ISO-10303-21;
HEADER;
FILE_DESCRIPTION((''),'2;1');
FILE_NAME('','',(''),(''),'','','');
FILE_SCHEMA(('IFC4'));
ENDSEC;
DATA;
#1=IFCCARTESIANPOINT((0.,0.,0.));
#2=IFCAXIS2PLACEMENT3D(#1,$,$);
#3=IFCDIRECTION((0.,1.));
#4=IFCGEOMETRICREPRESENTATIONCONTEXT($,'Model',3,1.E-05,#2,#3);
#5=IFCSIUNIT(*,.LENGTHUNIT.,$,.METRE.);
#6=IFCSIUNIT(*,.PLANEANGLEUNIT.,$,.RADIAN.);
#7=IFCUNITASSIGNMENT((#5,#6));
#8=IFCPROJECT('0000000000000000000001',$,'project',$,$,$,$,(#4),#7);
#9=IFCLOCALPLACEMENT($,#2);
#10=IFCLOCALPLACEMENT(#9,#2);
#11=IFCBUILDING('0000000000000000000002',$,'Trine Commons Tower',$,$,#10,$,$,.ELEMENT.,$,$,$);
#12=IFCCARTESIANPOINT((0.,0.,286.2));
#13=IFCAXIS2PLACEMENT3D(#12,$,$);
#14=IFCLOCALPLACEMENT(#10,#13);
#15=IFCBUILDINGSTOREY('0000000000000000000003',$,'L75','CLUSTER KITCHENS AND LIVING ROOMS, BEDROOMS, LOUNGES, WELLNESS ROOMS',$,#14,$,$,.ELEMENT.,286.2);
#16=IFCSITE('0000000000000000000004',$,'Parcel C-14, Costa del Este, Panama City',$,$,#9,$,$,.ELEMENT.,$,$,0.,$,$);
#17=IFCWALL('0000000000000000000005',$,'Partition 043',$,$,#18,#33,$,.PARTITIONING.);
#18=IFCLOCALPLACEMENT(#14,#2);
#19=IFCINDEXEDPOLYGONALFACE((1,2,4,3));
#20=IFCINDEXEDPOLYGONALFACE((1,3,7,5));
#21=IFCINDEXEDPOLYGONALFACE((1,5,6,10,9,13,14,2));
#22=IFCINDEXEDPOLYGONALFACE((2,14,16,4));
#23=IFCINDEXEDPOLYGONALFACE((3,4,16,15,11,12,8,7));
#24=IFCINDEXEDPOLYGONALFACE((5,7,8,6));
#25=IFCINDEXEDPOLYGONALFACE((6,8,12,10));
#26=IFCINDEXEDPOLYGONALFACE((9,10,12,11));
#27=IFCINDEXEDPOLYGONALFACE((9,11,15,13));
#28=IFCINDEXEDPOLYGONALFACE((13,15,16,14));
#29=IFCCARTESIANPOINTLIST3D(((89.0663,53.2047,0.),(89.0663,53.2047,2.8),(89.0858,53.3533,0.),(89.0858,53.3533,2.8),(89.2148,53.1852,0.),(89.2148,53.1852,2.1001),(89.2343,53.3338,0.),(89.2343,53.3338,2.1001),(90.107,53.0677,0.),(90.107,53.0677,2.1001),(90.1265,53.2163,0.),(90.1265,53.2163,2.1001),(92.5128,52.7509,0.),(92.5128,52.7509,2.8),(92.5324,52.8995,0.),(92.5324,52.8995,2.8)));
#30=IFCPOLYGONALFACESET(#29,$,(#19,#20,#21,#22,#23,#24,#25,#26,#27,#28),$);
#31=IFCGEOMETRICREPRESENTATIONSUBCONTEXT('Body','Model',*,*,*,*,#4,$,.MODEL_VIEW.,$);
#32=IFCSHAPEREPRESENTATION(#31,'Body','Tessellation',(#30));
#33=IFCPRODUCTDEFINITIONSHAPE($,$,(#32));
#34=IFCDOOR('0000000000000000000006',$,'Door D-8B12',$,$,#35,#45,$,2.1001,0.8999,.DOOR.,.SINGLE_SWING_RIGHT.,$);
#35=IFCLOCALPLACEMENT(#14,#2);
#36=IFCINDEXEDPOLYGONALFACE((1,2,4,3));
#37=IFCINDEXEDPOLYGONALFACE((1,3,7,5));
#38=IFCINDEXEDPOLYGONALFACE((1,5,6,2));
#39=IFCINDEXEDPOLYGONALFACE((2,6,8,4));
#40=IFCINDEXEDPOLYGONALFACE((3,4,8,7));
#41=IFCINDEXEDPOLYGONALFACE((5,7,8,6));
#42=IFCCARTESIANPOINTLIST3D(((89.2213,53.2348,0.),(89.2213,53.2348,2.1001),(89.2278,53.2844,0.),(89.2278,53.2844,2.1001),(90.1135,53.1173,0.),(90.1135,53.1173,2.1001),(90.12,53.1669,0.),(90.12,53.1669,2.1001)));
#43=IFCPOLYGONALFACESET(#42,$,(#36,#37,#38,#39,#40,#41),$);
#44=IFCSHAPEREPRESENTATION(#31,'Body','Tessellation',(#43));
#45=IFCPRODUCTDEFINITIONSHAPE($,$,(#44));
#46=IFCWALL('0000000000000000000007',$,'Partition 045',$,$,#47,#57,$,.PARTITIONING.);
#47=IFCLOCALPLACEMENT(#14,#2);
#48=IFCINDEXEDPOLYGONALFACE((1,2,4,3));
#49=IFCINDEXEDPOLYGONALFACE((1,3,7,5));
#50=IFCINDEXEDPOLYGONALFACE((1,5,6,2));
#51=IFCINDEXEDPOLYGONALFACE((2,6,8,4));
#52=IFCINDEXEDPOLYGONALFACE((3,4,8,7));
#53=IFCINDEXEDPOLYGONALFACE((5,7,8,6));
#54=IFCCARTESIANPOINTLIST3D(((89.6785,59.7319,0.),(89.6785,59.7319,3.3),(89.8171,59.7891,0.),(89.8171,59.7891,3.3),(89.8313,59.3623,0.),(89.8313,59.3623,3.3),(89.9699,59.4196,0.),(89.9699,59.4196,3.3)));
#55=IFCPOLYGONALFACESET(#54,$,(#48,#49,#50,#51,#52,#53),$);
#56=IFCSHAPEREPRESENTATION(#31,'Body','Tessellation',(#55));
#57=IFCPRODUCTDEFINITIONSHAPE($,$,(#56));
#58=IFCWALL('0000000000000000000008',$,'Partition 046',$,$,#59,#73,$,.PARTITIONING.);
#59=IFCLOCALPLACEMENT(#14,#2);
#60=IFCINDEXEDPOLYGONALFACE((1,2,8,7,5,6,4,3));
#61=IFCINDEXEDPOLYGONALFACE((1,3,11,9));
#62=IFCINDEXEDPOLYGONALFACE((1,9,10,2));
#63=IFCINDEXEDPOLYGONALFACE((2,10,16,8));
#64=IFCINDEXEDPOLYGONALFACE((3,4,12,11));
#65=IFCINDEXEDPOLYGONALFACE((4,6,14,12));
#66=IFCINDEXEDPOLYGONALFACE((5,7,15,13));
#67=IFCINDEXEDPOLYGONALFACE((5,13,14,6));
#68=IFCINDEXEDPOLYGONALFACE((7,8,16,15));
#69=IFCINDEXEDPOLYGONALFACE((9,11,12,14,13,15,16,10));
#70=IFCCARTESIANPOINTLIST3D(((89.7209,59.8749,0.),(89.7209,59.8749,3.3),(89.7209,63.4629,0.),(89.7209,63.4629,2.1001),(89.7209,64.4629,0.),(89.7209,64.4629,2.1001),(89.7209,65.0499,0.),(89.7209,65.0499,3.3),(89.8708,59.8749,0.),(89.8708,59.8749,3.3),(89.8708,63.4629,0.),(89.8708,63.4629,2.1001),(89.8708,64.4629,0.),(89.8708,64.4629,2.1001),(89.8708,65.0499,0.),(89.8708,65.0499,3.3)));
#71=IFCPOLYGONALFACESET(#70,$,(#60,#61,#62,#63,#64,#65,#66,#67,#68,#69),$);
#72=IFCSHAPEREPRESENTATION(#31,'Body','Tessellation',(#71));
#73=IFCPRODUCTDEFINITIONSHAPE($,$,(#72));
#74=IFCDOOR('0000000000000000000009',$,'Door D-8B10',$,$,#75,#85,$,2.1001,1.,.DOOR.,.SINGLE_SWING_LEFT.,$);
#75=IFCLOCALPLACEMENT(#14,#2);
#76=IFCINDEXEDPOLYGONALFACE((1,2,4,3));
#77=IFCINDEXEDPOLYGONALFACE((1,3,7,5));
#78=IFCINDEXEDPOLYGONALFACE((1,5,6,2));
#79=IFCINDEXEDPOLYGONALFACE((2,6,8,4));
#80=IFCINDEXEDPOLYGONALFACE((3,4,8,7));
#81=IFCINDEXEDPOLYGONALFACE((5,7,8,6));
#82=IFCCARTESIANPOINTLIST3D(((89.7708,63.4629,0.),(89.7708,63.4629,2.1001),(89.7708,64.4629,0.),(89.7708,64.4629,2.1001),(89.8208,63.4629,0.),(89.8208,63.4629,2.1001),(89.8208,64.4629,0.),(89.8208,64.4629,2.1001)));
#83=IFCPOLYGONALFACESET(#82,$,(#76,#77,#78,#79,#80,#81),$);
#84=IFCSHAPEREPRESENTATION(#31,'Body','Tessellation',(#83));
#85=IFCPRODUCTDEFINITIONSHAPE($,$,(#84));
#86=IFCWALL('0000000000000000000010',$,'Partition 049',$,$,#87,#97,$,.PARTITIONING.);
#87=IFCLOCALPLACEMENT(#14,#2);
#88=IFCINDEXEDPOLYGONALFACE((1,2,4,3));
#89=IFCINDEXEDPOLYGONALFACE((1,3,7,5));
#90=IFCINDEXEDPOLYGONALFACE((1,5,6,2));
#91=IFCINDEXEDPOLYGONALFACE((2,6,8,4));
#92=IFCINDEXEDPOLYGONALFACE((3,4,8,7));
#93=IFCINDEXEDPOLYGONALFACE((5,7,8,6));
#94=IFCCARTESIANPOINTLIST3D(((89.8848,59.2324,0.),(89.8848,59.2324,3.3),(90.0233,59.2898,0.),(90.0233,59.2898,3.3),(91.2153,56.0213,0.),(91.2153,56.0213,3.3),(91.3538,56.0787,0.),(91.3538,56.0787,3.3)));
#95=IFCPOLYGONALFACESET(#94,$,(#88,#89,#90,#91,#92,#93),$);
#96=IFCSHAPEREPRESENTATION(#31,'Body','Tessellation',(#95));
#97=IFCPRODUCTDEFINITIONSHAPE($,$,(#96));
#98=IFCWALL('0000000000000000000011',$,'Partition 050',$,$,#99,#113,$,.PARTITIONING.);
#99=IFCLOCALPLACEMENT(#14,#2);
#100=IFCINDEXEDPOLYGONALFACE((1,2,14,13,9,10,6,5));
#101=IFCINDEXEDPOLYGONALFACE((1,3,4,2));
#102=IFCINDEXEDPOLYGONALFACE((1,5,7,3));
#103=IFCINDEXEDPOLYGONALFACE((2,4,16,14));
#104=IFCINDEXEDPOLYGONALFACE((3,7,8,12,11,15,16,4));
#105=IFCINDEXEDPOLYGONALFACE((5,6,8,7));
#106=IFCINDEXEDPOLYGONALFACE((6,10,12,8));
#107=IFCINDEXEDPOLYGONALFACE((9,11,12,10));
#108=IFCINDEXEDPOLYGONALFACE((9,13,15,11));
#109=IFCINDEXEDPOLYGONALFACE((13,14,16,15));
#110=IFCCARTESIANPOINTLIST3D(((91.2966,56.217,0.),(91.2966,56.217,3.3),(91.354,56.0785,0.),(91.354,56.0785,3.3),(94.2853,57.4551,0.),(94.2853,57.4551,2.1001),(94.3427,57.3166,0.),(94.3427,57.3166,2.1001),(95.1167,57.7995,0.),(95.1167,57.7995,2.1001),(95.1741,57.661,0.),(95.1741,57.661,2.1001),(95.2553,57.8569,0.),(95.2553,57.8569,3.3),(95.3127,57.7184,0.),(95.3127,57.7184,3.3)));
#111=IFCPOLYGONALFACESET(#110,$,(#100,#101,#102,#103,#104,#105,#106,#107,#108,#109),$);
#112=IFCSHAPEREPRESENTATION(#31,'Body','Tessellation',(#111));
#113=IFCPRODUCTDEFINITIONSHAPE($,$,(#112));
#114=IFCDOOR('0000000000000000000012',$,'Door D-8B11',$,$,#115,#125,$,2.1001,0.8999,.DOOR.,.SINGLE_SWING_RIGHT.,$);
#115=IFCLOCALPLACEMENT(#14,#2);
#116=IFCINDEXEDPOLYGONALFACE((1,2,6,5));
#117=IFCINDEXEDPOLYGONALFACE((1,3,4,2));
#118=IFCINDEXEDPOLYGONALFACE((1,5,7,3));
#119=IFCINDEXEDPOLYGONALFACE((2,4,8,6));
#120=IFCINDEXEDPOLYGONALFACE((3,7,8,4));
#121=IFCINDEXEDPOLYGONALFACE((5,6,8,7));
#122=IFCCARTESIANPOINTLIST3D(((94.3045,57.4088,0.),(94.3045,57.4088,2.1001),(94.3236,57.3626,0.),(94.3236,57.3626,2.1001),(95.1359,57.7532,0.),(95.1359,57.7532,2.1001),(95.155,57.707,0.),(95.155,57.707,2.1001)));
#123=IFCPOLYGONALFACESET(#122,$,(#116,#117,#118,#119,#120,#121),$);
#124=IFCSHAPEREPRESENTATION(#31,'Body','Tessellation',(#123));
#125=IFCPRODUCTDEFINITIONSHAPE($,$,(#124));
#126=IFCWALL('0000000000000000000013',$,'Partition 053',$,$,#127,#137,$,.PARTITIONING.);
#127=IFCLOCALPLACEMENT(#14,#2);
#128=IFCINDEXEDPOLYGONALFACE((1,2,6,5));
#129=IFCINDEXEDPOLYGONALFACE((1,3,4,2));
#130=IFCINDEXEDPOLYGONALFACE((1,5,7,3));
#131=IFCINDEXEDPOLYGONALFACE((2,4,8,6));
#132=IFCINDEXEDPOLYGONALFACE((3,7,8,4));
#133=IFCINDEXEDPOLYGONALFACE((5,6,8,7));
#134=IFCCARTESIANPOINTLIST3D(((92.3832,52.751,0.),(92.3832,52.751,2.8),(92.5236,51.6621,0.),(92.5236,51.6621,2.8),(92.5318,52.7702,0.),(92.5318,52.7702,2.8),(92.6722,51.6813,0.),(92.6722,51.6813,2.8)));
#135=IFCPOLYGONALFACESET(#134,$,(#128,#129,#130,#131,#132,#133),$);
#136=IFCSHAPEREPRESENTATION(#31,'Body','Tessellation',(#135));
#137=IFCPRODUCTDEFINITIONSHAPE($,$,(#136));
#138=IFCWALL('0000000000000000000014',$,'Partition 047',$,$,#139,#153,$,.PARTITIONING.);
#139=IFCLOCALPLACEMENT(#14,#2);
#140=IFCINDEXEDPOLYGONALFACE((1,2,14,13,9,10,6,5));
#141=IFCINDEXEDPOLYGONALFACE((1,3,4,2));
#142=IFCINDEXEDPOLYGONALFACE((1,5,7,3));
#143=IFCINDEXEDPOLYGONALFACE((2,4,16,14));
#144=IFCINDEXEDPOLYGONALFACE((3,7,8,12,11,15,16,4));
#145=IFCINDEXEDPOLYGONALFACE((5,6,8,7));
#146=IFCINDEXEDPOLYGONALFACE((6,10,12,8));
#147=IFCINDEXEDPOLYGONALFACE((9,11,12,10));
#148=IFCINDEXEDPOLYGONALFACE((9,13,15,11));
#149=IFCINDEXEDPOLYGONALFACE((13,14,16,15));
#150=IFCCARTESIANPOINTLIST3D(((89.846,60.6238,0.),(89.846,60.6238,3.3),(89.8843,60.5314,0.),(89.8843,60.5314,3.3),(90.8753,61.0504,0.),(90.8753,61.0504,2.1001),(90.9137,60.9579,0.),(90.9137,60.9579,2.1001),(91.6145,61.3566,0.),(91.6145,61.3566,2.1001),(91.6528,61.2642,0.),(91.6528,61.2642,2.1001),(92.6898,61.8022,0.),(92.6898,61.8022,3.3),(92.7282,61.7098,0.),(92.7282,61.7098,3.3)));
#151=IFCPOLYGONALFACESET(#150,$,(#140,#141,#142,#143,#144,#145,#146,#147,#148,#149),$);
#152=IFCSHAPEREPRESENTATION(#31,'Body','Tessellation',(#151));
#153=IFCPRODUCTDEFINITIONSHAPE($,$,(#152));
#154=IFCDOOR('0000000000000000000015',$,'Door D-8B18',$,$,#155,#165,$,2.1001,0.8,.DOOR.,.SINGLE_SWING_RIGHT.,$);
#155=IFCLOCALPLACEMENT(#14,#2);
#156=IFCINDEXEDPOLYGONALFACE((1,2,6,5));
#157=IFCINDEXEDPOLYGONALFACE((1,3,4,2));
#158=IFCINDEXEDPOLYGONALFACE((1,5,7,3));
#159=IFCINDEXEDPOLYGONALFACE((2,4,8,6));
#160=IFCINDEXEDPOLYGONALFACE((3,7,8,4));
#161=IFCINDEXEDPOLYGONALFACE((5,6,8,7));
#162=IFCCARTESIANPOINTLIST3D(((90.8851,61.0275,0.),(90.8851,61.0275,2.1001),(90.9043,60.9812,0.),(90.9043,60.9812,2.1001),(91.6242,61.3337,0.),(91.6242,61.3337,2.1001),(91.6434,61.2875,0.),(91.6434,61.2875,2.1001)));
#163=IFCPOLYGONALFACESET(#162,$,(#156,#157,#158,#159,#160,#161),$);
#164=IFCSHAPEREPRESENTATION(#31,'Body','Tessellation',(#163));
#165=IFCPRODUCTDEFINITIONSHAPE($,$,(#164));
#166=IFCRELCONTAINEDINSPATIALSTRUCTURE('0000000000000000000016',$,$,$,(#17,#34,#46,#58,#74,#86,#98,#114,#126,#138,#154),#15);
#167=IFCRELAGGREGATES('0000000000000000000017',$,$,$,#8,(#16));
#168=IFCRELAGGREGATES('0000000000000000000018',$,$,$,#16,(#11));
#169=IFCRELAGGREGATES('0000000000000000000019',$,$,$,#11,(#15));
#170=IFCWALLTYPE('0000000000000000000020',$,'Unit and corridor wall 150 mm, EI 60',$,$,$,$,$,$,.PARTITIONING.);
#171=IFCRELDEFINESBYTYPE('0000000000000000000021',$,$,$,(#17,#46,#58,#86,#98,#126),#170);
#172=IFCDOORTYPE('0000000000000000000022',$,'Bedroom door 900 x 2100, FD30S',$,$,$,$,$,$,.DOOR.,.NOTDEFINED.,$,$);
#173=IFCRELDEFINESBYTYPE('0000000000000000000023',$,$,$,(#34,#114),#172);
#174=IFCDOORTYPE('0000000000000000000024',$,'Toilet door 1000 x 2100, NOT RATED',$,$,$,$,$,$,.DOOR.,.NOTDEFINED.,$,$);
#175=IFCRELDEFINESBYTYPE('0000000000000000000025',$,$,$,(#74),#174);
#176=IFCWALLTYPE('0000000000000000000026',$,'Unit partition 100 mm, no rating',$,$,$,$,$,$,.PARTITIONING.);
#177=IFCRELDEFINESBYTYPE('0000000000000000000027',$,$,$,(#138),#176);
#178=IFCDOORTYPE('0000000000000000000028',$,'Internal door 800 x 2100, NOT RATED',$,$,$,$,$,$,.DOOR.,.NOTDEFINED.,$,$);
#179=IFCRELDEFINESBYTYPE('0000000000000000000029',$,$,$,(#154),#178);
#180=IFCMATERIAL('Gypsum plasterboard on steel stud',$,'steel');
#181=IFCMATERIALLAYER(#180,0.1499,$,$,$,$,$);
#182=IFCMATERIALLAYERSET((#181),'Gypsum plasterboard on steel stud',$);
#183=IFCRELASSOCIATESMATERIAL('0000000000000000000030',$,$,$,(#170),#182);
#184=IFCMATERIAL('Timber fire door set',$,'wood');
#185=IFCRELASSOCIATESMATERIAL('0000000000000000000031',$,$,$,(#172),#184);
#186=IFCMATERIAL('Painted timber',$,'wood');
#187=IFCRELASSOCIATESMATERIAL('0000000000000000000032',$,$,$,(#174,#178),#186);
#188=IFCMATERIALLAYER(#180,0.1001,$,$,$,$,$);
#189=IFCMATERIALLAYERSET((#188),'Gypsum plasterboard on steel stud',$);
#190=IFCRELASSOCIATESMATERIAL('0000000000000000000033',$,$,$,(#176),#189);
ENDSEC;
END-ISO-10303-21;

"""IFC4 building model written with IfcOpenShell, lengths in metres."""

from ifc_helpers import new_model, si_unit, direction, frame, frame_2d, origin, place, context, subcontext, project, spatial, rectangle, extrude, material, layer, layer_set, type_object, element, fill, save


model = new_model("IFC4")

# Units and contexts
model_context = context("Model", 3, precision=1e-05, world=origin(), true_north=direction((0.0, 1.0)))
body_context = subcontext(model_context, "Body", "Model", "MODEL_VIEW")
ifc_project = project(units=[si_unit("LENGTHUNIT", "METRE"), si_unit("PLANEANGLEUNIT", "RADIAN")], contexts=[model_context])

# Site, building, storey
site_placement = place(None, origin())
site = spatial("IfcSite", under=ifc_project, at=site_placement, Name="Parcel C-14, Costa del Este, Panama City", CompositionType="ELEMENT", RefElevation=0.0)
building_placement = place(site_placement, origin())
building = spatial("IfcBuilding", under=site, at=building_placement, Name="Trine Commons Tower", CompositionType="ELEMENT")
storey_placement = place(building_placement, frame((0.0, 0.0, 286.2)))
storey = spatial("IfcBuildingStorey", under=building, at=storey_placement, Name="L75", Description="CLUSTER KITCHENS AND LIVING ROOMS, BEDROOMS, LOUNGES, WELLNESS ROOMS", CompositionType="ELEMENT", Elevation=286.2)

# Wall, opening, door
ifc_material_1 = material(Name="Gypsum plasterboard on steel stud", Category="steel")
ifc_layer_1 = layer(ifc_material_1, 0.1499)
ifc_layer_set_1 = layer_set([ifc_layer_1], Name="Gypsum plasterboard on steel stud")
wall_type_1 = type_object("IfcWallType", Name="Unit and corridor wall 150 mm, EI 60", PredefinedType="PARTITIONING", material=ifc_layer_set_1)
wall_1_placement = place(storey_placement, frame((89.0759, 53.2791, 0.0), z_axis=(0.0, 0.0, 1.0), x_axis=(0.991441, -0.130558, 0.0)))
wall_1 = element("IfcWall", 1, at=wall_1_placement, inside=storey, type_object=wall_type_1, Name="Partition 043", PredefinedType="PARTITIONING", context=body_context, shape_type="SweptSolid", body=[
    extrude(rectangle(XDim=3.4763, YDim=0.1499, at=frame_2d((1.7383, 0.0))), origin(), (0.0, 0.0, 1.0), 2.8),
])
opening_1_placement = place(wall_1_placement, frame((0.1499, 0.0, 0.0)))
opening_1 = element("IfcOpeningElement", 2, at=opening_1_placement, cuts=wall_1, PredefinedType="OPENING", context=body_context, shape_type="SweptSolid", body=[
    extrude(rectangle(XDim=0.8999, YDim=2.1001, at=frame_2d((0.45, 1.05))), frame((0.0, 0.085, 0.0), z_axis=(0.0, -1.0, 0.0), x_axis=(1.0, 0.0, 0.0)), (0.0, 0.0, 1.0), 0.1699),
])
ifc_material_2 = material(Name="Timber fire door set", Category="wood")
door_type_1 = type_object("IfcDoorType", Name="Bedroom door 900 x 2100, FD30S", OperationType="NOTDEFINED", PredefinedType="DOOR", material=ifc_material_2)
door_1_placement = place(opening_1_placement, frame((0.8999, 0.0, 0.0), z_axis=(0.0, 0.0, 1.0), x_axis=(-1.0, 0.0, 0.0)))
door_1 = element("IfcDoor", 3, at=door_1_placement, inside=storey, type_object=door_type_1, Name="Door D-8B12", OperationType="SINGLE_SWING_RIGHT", OverallHeight=2.1001, OverallWidth=0.8999, PredefinedType="DOOR", context=body_context, shape_type="SweptSolid", body=[
    extrude(rectangle(XDim=0.8999, YDim=2.1001, at=frame_2d((0.45, 1.05))), frame((0.0, 0.0249, 0.0), z_axis=(0.0, -1.0, 0.0), x_axis=(1.0, 0.0, 0.0)), (0.0, 0.0, 1.0), 0.05),
])
fill(opening_1, door_1)

# Wall
wall_2_placement = place(storey_placement, frame((89.7478, 59.7605, 0.0), z_axis=(0.0, 0.0, 1.0), x_axis=(0.3821, -0.924121, 0.0)))
element("IfcWall", 4, at=wall_2_placement, inside=storey, type_object=wall_type_1, Name="Partition 045", PredefinedType="PARTITIONING", context=body_context, shape_type="SweptSolid", body=[
    extrude(rectangle(XDim=0.3999, YDim=0.1499, at=frame_2d((0.2, 0.0))), origin(), (0.0, 0.0, 1.0), 3.3),
])

# Wall, opening, door
wall_3_placement = place(storey_placement, frame((89.7959, 59.875, 0.0), z_axis=(0.0, 0.0, 1.0), x_axis=(0.0, 1.0, 0.0)))
wall_3 = element("IfcWall", 5, at=wall_3_placement, inside=storey, type_object=wall_type_1, Name="Partition 046", PredefinedType="PARTITIONING", context=body_context, shape_type="SweptSolid", body=[
    extrude(rectangle(XDim=5.175, YDim=0.1499, at=frame_2d((2.5874, 0.0))), origin(), (0.0, 0.0, 1.0), 3.3),
])
opening_2_placement = place(wall_3_placement, frame((3.5879, 0.0, 0.0)))
opening_2 = element("IfcOpeningElement", 6, at=opening_2_placement, cuts=wall_3, PredefinedType="OPENING", context=body_context, shape_type="SweptSolid", body=[
    extrude(rectangle(XDim=1.0, YDim=2.1001, at=frame_2d((0.5, 1.05))), frame((0.0, 0.085, 0.0), z_axis=(0.0, -1.0, 0.0), x_axis=(1.0, 0.0, 0.0)), (0.0, 0.0, 1.0), 0.1699),
])
ifc_material_3 = material(Name="Painted timber", Category="wood")
door_type_2 = type_object("IfcDoorType", Name="Toilet door 1000 x 2100, NOT RATED", OperationType="NOTDEFINED", PredefinedType="DOOR", material=ifc_material_3)
door_2_placement = place(opening_2_placement, frame((1.0, 0.0, 0.0), z_axis=(0.0, 0.0, 1.0), x_axis=(-1.0, 0.0, 0.0)))
door_2 = element("IfcDoor", 7, at=door_2_placement, inside=storey, type_object=door_type_2, Name="Door D-8B10", OperationType="SINGLE_SWING_LEFT", OverallHeight=2.1001, OverallWidth=1.0, PredefinedType="DOOR", context=body_context, shape_type="SweptSolid", body=[
    extrude(rectangle(XDim=1.0, YDim=2.1001, at=frame_2d((0.5, 1.05))), frame((0.0, 0.0249, 0.0), z_axis=(0.0, -1.0, 0.0), x_axis=(1.0, 0.0, 0.0)), (0.0, 0.0, 1.0), 0.05),
])
fill(opening_2, door_2)

# Wall
wall_4_placement = place(storey_placement, frame((89.9541, 59.261, 0.0), z_axis=(0.0, 0.0, 1.0), x_axis=(0.382794, -0.923834, 0.0)))
element("IfcWall", 8, at=wall_4_placement, inside=storey, type_object=wall_type_1, Name="Partition 049", PredefinedType="PARTITIONING", context=body_context, shape_type="SweptSolid", body=[
    extrude(rectangle(XDim=3.4758, YDim=0.1499, at=frame_2d((1.7378, 0.0))), origin(), (0.0, 0.0, 1.0), 3.3),
])

# Wall, opening, door
wall_5_placement = place(storey_placement, frame((91.3252, 56.1477, 0.0), z_axis=(0.0, 0.0, 1.0), x_axis=(0.923869, 0.382709, 0.0)))
wall_5 = element("IfcWall", 9, at=wall_5_placement, inside=storey, type_object=wall_type_1, Name="Partition 050", PredefinedType="PARTITIONING", context=body_context, shape_type="SweptSolid", body=[
    extrude(rectangle(XDim=4.2849, YDim=0.1499, at=frame_2d((2.1426, 0.0))), origin(), (0.0, 0.0, 1.0), 3.3),
])
opening_3_placement = place(wall_5_placement, frame((3.2351, 0.0, 0.0)))
opening_3 = element("IfcOpeningElement", 10, at=opening_3_placement, cuts=wall_5, PredefinedType="OPENING", context=body_context, shape_type="SweptSolid", body=[
    extrude(rectangle(XDim=0.8999, YDim=2.1001, at=frame_2d((0.45, 1.05))), frame((0.0, 0.085, 0.0), z_axis=(0.0, -1.0, 0.0), x_axis=(1.0, 0.0, 0.0)), (0.0, 0.0, 1.0), 0.1699),
])
door_3_placement = place(opening_3_placement, origin())
door_3 = element("IfcDoor", 11, at=door_3_placement, inside=storey, type_object=door_type_1, Name="Door D-8B11", OperationType="SINGLE_SWING_RIGHT", OverallHeight=2.1001, OverallWidth=0.8999, PredefinedType="DOOR", context=body_context, shape_type="SweptSolid", body=[
    extrude(rectangle(XDim=0.8999, YDim=2.1001, at=frame_2d((0.45, 1.05))), frame((0.0, 0.0249, 0.0), z_axis=(0.0, -1.0, 0.0), x_axis=(1.0, 0.0, 0.0)), (0.0, 0.0, 1.0), 0.05),
])
fill(opening_3, door_3)

# Wall
wall_6_placement = place(storey_placement, frame((92.4575, 52.7605, 0.0), z_axis=(0.0, 0.0, 1.0), x_axis=(0.127865, -0.991792, 0.0)))
element("IfcWall", 12, at=wall_6_placement, inside=storey, type_object=wall_type_1, Name="Partition 053", PredefinedType="PARTITIONING", context=body_context, shape_type="SweptSolid", body=[
    extrude(rectangle(XDim=1.0979, YDim=0.1499, at=frame_2d((0.5488, 0.0))), origin(), (0.0, 0.0, 1.0), 2.8),
])

# Wall, opening, door
ifc_layer_2 = layer(ifc_material_1, 0.1001)
ifc_layer_set_2 = layer_set([ifc_layer_2], Name="Gypsum plasterboard on steel stud")
wall_type_2 = type_object("IfcWallType", Name="Unit partition 100 mm, no rating", PredefinedType="PARTITIONING", material=ifc_layer_set_2)
wall_7_placement = place(storey_placement, frame((89.8652, 60.5776, 0.0), z_axis=(0.0, 0.0, 1.0), x_axis=(0.923828, 0.382807, 0.0)))
wall_7 = element("IfcWall", 13, at=wall_7_placement, inside=storey, type_object=wall_type_2, Name="Partition 047", PredefinedType="PARTITIONING", context=body_context, shape_type="SweptSolid", body=[
    extrude(rectangle(XDim=3.0784, YDim=0.1001, at=frame_2d((1.5391, 0.0))), origin(), (0.0, 0.0, 1.0), 3.3),
])
opening_4_placement = place(wall_7_placement, frame((1.1143, 0.0, 0.0)))
opening_4 = element("IfcOpeningElement", 14, at=opening_4_placement, cuts=wall_7, PredefinedType="OPENING", context=body_context, shape_type="SweptSolid", body=[
    extrude(rectangle(XDim=0.8, YDim=2.1001, at=frame_2d((0.3999, 1.05))), frame((0.0, 0.0601, 0.0), z_axis=(0.0, -1.0, 0.0), x_axis=(1.0, 0.0, 0.0)), (0.0, 0.0, 1.0), 0.1201),
])
door_type_3 = type_object("IfcDoorType", Name="Internal door 800 x 2100, NOT RATED", OperationType="NOTDEFINED", PredefinedType="DOOR", material=ifc_material_3)
door_4_placement = place(opening_4_placement, frame((0.8, 0.0, 0.0), z_axis=(0.0, 0.0, 1.0), x_axis=(-1.0, 0.0, 0.0)))
door_4 = element("IfcDoor", 15, at=door_4_placement, inside=storey, type_object=door_type_3, Name="Door D-8B18", OperationType="SINGLE_SWING_RIGHT", OverallHeight=2.1001, OverallWidth=0.8, PredefinedType="DOOR", context=body_context, shape_type="SweptSolid", body=[
    extrude(rectangle(XDim=0.8, YDim=2.1001, at=frame_2d((0.3999, 1.05))), frame((0.0, 0.0249, 0.0), z_axis=(0.0, -1.0, 0.0), x_axis=(1.0, 0.0, 0.0)), (0.0, 0.0, 1.0), 0.05),
])
fill(opening_4, door_4)

save(model, "model.ifc")
